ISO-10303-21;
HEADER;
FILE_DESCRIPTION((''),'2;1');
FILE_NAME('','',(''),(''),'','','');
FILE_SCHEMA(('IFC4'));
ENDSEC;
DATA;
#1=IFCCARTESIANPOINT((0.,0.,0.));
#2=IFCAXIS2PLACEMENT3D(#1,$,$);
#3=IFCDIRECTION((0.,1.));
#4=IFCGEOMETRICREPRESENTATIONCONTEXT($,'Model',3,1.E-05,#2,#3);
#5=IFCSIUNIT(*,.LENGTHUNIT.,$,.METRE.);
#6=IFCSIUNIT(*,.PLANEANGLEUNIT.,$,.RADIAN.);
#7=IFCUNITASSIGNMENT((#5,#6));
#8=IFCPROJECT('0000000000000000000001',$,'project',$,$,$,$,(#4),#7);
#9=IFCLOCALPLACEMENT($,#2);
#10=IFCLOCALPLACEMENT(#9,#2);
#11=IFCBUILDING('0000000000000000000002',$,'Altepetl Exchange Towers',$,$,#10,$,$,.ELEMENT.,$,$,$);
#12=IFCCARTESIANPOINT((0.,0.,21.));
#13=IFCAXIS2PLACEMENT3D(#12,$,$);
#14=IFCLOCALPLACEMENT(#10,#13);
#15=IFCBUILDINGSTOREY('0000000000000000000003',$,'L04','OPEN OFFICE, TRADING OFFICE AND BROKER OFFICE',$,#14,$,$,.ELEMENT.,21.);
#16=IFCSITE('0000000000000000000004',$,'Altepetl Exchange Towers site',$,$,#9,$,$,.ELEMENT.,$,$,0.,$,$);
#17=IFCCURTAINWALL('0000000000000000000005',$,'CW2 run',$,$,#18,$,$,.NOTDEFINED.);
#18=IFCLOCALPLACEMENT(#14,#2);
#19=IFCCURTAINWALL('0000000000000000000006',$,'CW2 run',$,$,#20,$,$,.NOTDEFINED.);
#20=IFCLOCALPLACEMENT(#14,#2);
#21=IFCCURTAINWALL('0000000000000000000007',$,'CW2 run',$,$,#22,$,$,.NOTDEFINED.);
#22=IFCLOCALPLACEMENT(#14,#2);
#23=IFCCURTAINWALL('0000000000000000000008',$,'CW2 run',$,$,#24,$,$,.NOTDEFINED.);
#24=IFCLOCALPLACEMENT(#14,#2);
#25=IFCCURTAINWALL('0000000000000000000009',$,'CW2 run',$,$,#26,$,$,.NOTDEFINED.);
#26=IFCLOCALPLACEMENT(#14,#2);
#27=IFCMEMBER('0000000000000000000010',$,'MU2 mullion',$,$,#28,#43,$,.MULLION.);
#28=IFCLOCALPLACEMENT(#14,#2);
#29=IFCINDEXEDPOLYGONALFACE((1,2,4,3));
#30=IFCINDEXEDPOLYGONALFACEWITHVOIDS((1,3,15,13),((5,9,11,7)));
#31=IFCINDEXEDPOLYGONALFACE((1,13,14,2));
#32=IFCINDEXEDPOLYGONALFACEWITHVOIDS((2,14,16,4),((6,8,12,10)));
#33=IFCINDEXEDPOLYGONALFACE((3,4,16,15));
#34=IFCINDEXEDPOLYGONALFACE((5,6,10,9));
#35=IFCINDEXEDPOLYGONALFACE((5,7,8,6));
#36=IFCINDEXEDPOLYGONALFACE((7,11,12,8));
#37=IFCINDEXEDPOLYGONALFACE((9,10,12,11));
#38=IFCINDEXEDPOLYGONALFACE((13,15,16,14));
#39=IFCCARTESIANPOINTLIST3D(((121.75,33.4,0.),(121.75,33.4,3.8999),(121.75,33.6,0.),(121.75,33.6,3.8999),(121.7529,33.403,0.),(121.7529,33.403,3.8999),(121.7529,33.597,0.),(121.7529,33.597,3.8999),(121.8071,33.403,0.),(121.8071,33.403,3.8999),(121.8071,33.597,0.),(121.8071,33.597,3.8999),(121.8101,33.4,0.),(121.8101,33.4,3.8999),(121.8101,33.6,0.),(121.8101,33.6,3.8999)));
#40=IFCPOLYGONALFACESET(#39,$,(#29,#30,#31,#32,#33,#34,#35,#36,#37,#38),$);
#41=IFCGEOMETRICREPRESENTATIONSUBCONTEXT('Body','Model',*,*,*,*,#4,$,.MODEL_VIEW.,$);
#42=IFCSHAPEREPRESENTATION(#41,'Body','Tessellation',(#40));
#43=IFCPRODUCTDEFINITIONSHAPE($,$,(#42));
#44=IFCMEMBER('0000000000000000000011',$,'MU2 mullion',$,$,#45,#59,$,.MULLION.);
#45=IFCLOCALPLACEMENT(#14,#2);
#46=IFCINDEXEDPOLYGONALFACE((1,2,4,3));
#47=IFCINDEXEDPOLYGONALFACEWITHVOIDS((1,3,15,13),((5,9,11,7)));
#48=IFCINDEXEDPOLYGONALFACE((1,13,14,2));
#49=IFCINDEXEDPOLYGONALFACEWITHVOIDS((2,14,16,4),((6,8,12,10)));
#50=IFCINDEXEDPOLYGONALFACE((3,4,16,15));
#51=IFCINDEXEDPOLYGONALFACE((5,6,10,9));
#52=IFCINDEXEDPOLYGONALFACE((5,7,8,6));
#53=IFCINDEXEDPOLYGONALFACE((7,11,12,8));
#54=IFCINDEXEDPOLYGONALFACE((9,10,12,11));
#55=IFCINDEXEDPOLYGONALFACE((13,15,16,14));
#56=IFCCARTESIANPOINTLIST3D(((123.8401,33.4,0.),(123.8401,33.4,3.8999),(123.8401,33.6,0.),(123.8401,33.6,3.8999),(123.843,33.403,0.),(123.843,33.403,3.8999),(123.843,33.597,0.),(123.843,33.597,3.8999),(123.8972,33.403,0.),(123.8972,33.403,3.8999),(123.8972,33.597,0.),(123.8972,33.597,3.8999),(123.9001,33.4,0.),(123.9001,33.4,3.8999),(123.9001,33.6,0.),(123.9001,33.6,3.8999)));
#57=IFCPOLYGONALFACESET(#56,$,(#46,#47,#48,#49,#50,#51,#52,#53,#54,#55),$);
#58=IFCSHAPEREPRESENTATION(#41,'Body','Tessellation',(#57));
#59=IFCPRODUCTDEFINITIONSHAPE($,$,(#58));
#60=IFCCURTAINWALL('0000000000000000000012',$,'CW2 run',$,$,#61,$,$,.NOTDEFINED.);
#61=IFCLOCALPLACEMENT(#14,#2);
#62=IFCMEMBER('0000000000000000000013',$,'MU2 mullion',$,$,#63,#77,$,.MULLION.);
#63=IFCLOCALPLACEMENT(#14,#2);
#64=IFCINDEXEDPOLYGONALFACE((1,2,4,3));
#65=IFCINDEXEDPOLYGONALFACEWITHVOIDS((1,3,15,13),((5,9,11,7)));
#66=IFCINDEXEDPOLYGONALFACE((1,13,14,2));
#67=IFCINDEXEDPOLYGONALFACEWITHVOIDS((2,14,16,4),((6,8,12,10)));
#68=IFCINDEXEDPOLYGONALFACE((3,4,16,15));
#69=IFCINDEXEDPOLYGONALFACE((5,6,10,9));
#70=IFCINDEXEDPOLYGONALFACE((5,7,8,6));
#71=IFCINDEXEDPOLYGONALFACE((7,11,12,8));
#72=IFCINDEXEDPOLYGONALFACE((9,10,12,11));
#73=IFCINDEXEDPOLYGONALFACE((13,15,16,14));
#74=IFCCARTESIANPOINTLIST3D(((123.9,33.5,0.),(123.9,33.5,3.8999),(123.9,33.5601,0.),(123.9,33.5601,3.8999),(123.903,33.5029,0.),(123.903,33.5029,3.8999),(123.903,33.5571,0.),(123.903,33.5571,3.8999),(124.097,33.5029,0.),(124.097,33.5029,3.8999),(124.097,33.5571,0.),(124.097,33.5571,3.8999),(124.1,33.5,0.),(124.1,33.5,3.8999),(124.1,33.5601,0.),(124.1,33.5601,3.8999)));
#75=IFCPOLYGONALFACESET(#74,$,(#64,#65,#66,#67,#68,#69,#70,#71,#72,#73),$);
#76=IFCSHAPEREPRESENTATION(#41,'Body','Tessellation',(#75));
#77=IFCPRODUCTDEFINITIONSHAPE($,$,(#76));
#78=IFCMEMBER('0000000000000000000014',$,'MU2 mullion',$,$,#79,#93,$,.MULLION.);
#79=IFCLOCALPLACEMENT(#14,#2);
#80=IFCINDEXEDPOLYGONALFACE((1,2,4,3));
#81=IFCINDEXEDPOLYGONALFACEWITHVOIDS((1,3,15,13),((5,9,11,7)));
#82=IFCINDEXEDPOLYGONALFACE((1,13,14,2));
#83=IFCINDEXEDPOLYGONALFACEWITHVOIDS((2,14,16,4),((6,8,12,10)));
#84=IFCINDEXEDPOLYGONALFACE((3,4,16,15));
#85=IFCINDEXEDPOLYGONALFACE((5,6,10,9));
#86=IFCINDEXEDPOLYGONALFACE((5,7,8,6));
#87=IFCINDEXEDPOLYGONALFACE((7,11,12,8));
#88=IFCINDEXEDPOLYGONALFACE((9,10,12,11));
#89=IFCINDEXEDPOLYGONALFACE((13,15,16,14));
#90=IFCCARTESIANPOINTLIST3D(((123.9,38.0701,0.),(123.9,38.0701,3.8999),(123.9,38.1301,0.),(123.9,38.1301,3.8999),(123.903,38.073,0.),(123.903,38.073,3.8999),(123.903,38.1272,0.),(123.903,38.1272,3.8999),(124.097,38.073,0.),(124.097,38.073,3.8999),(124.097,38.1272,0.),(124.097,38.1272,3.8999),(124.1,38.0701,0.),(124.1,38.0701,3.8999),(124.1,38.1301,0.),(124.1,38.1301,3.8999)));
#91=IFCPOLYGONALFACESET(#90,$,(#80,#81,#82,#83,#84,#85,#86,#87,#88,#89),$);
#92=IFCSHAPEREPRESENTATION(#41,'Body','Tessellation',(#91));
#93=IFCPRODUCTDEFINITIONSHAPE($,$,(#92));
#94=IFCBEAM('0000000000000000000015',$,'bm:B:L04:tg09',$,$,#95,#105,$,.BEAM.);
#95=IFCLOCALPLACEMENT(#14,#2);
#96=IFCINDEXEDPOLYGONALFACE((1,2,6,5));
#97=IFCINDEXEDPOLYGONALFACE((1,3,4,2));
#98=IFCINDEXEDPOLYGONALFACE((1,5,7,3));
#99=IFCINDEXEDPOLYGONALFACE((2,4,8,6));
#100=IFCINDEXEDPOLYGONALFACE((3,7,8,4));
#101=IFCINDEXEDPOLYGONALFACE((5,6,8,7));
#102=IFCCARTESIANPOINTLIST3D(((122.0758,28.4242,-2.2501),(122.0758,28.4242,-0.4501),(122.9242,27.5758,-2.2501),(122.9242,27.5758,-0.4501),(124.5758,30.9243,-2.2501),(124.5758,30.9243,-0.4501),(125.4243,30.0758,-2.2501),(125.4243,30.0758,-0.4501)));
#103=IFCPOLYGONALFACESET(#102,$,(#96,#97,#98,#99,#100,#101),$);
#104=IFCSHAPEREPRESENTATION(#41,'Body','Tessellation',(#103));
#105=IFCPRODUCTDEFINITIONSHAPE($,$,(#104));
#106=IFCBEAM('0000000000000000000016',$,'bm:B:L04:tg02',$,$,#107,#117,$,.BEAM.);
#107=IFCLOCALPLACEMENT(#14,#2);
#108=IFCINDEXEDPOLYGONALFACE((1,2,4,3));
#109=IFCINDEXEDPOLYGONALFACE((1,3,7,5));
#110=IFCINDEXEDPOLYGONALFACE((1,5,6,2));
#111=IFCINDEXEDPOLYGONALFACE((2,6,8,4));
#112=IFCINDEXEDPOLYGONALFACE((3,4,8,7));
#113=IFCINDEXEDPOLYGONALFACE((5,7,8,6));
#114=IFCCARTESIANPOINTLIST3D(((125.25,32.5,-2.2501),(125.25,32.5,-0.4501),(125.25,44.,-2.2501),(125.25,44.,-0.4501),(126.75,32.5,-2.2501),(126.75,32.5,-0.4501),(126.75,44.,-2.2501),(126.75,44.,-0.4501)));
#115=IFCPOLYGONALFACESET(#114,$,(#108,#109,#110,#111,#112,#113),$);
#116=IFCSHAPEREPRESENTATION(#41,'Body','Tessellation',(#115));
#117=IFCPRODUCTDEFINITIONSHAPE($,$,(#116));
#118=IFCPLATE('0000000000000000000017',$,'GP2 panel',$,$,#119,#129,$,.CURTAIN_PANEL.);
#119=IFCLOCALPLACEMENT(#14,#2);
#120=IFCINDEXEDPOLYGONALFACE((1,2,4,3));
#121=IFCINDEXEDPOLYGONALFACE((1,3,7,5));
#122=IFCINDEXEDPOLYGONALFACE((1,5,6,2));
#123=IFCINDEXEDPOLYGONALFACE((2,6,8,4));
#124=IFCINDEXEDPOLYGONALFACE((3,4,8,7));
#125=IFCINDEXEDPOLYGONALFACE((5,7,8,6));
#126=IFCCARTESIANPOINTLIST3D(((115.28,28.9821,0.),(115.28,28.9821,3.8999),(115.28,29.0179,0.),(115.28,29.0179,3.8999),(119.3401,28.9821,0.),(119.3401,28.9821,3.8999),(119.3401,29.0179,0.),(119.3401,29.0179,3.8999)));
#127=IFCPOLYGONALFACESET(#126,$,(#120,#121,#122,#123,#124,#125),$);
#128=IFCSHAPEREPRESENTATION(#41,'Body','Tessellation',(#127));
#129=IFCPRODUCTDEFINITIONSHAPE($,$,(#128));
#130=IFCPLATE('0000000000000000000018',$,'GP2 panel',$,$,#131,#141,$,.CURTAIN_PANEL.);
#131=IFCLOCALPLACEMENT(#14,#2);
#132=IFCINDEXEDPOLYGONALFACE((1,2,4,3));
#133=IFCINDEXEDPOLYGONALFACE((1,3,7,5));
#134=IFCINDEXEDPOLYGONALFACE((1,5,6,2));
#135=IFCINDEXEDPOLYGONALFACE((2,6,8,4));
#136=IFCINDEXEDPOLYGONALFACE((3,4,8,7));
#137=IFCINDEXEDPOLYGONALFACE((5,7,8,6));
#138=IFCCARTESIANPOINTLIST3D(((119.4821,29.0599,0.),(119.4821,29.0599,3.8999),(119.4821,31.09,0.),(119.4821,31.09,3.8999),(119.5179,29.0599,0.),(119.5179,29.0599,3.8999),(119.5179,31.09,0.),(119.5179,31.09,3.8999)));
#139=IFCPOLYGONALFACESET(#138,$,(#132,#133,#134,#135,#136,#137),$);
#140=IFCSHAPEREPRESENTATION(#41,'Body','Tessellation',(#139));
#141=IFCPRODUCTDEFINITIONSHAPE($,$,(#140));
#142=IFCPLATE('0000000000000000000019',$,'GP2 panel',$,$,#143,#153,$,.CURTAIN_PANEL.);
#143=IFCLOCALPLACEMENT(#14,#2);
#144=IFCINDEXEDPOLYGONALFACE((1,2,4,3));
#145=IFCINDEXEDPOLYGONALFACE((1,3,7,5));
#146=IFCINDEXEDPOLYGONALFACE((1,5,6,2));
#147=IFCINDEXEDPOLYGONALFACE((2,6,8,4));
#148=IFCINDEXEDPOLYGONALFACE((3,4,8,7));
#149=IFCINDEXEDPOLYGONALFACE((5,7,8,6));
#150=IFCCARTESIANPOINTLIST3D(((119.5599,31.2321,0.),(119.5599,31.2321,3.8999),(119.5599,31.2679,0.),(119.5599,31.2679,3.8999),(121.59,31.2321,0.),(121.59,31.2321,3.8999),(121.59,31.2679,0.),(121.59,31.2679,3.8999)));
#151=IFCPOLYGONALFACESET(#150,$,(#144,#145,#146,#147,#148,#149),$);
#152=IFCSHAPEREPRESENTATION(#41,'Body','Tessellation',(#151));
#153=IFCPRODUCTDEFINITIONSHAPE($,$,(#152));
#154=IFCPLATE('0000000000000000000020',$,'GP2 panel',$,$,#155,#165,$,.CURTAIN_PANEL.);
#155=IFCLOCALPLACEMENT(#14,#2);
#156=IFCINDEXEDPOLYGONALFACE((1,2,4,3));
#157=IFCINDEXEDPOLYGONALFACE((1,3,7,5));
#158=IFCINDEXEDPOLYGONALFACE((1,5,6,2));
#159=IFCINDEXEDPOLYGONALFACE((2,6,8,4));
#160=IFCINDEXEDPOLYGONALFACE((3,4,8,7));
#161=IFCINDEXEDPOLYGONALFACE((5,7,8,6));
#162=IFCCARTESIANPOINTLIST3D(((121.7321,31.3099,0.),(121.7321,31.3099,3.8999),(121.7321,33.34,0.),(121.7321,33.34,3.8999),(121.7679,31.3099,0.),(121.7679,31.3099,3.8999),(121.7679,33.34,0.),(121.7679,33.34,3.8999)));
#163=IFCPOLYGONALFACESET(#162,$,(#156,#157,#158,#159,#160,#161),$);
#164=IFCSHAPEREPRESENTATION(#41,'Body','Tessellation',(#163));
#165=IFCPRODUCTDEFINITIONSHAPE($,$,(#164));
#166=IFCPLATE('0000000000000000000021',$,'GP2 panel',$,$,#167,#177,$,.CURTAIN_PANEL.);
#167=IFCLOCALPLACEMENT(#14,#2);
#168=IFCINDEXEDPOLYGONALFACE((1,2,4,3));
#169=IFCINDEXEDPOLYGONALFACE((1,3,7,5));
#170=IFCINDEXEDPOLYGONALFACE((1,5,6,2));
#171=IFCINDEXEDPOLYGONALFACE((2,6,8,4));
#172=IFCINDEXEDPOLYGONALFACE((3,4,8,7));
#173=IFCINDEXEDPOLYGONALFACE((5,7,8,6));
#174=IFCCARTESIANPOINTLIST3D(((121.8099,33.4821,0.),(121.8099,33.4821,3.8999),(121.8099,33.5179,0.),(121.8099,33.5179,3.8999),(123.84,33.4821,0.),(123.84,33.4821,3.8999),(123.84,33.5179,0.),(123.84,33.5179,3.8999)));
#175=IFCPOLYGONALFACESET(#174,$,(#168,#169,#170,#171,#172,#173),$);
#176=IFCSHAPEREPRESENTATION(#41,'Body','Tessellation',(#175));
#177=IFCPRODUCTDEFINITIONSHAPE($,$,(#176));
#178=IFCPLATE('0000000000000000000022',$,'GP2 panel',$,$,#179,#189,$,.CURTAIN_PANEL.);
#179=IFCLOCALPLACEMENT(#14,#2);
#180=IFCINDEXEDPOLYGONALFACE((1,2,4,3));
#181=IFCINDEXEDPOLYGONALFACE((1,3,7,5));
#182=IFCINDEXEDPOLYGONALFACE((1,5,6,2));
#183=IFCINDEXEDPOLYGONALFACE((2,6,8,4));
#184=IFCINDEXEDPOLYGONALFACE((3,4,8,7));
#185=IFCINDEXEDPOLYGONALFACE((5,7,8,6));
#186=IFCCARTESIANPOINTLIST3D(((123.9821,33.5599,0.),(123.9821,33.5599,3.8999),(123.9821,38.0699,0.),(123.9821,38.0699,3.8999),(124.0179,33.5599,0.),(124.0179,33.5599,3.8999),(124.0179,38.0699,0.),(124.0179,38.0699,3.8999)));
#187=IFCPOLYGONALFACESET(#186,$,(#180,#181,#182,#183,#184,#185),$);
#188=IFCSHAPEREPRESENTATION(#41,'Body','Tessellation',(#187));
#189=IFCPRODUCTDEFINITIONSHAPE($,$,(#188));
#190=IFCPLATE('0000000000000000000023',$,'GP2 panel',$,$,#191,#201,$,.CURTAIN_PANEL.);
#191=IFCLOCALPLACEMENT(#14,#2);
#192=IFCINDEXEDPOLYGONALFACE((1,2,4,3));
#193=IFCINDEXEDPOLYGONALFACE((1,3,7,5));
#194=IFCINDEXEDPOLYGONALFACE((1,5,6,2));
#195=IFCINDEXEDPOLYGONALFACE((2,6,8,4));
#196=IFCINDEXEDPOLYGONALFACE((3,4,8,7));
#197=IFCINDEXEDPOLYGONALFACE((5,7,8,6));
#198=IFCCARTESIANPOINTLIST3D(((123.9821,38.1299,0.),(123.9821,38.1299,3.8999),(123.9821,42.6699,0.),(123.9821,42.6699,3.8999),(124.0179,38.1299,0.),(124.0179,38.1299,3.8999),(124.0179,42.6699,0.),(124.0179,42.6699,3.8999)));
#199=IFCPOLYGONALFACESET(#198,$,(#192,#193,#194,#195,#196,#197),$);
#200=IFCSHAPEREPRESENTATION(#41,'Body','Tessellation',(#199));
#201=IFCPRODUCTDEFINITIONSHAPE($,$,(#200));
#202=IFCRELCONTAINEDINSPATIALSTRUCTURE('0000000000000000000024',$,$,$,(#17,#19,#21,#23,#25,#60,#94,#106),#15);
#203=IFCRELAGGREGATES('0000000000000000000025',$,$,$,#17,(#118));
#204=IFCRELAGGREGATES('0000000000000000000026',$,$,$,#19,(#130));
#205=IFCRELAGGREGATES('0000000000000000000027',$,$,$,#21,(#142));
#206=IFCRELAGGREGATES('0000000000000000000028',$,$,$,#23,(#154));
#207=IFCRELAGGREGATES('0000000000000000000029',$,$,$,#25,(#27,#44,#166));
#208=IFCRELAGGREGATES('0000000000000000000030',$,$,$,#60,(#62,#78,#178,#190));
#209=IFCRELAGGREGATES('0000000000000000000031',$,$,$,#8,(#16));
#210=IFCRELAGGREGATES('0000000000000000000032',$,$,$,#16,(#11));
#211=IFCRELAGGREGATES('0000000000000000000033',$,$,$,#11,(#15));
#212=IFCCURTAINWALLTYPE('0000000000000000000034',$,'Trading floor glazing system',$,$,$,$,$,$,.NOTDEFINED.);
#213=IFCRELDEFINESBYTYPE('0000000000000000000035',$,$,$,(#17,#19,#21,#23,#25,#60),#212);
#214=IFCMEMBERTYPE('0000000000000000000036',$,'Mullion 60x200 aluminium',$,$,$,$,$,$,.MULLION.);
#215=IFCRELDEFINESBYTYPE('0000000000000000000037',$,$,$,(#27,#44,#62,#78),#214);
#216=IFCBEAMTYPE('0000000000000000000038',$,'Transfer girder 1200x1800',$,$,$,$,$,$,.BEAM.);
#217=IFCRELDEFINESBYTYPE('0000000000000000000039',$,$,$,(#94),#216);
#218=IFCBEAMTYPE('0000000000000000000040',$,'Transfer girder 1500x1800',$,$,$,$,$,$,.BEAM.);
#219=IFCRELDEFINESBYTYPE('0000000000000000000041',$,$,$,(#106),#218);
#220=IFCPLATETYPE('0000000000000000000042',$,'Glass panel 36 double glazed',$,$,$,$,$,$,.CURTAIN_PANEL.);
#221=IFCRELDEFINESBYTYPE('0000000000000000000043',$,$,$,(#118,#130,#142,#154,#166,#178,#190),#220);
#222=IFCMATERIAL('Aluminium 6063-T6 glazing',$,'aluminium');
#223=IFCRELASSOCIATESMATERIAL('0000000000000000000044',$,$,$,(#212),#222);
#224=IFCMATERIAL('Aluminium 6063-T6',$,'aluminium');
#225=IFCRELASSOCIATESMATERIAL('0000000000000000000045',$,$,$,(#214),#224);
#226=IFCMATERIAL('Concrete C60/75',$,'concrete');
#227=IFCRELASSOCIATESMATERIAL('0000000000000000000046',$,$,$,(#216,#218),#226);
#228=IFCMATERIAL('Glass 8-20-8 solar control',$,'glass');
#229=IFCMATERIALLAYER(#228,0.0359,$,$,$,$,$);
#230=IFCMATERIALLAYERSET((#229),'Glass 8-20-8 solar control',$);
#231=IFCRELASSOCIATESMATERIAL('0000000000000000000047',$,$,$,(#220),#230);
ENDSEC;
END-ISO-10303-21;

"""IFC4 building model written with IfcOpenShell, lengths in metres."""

from ifc_helpers import new_model, si_unit, direction, frame, origin, origin_2d, place, context, subcontext, project, spatial, rectangle, hollow_rectangle, extrude, material, layer, layer_set, material_profile, profile_set, type_object, element, aggregate, save


model = new_model("IFC4")

# Units and contexts
model_context = context("Model", 3, precision=1e-05, world=origin(), true_north=direction((0.0, 1.0)))
body_context = subcontext(model_context, "Body", "Model", "MODEL_VIEW")
ifc_project = project(units=[si_unit("LENGTHUNIT", "METRE"), si_unit("PLANEANGLEUNIT", "RADIAN")], contexts=[model_context])

# Site, building, storey
site_placement = place(None, origin())
site = spatial("IfcSite", under=ifc_project, at=site_placement, Name="Altepetl Exchange Towers site", CompositionType="ELEMENT", RefElevation=0.0)
building_placement = place(site_placement, origin())
building = spatial("IfcBuilding", under=site, at=building_placement, Name="Altepetl Exchange Towers", CompositionType="ELEMENT")
storey_placement = place(building_placement, frame((0.0, 0.0, 21.0)))
storey = spatial("IfcBuildingStorey", under=building, at=storey_placement, Name="L04", Description="OPEN OFFICE, TRADING OFFICE AND BROKER OFFICE", CompositionType="ELEMENT", Elevation=21.0)

# Curtain wall
ifc_material_1 = material(Name="Aluminium 6063-T6 glazing", Category="aluminium")
curtain_wall_type = type_object("IfcCurtainWallType", Name="Trading floor glazing system", PredefinedType="NOTDEFINED", material=ifc_material_1)
curtain_wall_1_placement = place(storey_placement, origin())
curtain_wall_1 = element("IfcCurtainWall", 1, at=curtain_wall_1_placement, inside=storey, type_object=curtain_wall_type, Name="CW2 run", PredefinedType="NOTDEFINED")
ifc_material_2 = material(Name="Aluminium 6063-T6", Category="aluminium")
ifc_material_profile_1 = material_profile(ifc_material_2, hollow_rectangle(XDim=0.0601, YDim=0.2, WallThickness=0.0029, at=origin_2d()), Name="Mullion 60x200 aluminium")
ifc_profile_set_1 = profile_set([ifc_material_profile_1], Name="Aluminium 6063-T6")
member_type = type_object("IfcMemberType", Name="Mullion 60x200 aluminium", PredefinedType="MULLION", material=ifc_profile_set_1)

# Curtain walls, members
curtain_wall_2_placement = place(storey_placement, origin())
curtain_wall_2 = element("IfcCurtainWall", 2, at=curtain_wall_2_placement, inside=storey, type_object=curtain_wall_type, Name="CW2 run", PredefinedType="NOTDEFINED")
curtain_wall_3_placement = place(storey_placement, origin())
curtain_wall_3 = element("IfcCurtainWall", 3, at=curtain_wall_3_placement, inside=storey, type_object=curtain_wall_type, Name="CW2 run", PredefinedType="NOTDEFINED")
curtain_wall_4_placement = place(storey_placement, origin())
curtain_wall_4 = element("IfcCurtainWall", 4, at=curtain_wall_4_placement, inside=storey, type_object=curtain_wall_type, Name="CW2 run", PredefinedType="NOTDEFINED")
curtain_wall_5_placement = place(storey_placement, origin())
curtain_wall_5 = element("IfcCurtainWall", 5, at=curtain_wall_5_placement, inside=storey, type_object=curtain_wall_type, Name="CW2 run", PredefinedType="NOTDEFINED")
member_1_placement = place(storey_placement, frame((121.78, 33.5, 0.0)))
member_1 = element("IfcMember", 6, at=member_1_placement, type_object=member_type, Name="MU2 mullion", PredefinedType="MULLION", context=body_context, shape_type="SweptSolid", body=[
    extrude(hollow_rectangle(XDim=0.0601, YDim=0.2, WallThickness=0.0029, at=origin_2d()), origin(), (0.0, 0.0, 1.0), 3.8999),
])
member_2_placement = place(storey_placement, frame((123.8701, 33.5, 0.0)))
member_2 = element("IfcMember", 7, at=member_2_placement, type_object=member_type, Name="MU2 mullion", PredefinedType="MULLION", context=body_context, shape_type="SweptSolid", body=[
    extrude(hollow_rectangle(XDim=0.0601, YDim=0.2, WallThickness=0.0029, at=origin_2d()), origin(), (0.0, 0.0, 1.0), 3.8999),
])
curtain_wall_6_placement = place(storey_placement, origin())
curtain_wall_6 = element("IfcCurtainWall", 8, at=curtain_wall_6_placement, inside=storey, type_object=curtain_wall_type, Name="CW2 run", PredefinedType="NOTDEFINED")
member_3_placement = place(storey_placement, frame((124.0, 33.53, 0.0), z_axis=(0.0, 0.0, 1.0), x_axis=(0.0, 1.0, 0.0)))
member_3 = element("IfcMember", 9, at=member_3_placement, type_object=member_type, Name="MU2 mullion", PredefinedType="MULLION", context=body_context, shape_type="SweptSolid", body=[
    extrude(hollow_rectangle(XDim=0.0601, YDim=0.2, WallThickness=0.0029, at=origin_2d()), origin(), (0.0, 0.0, 1.0), 3.8999),
])
member_4_placement = place(storey_placement, frame((124.0, 38.1001, 0.0), z_axis=(0.0, 0.0, 1.0), x_axis=(0.0, 1.0, 0.0)))
member_4 = element("IfcMember", 10, at=member_4_placement, type_object=member_type, Name="MU2 mullion", PredefinedType="MULLION", context=body_context, shape_type="SweptSolid", body=[
    extrude(hollow_rectangle(XDim=0.0601, YDim=0.2, WallThickness=0.0029, at=origin_2d()), origin(), (0.0, 0.0, 1.0), 3.8999),
])

# Beams
ifc_material_3 = material(Name="Concrete C60/75", Category="concrete")
ifc_material_profile_2 = material_profile(ifc_material_3, rectangle(XDim=1.2, YDim=1.8, at=origin_2d()), Name="1200 x 1800")
ifc_profile_set_2 = profile_set([ifc_material_profile_2], Name="Concrete C60/75")
beam_type_1 = type_object("IfcBeamType", Name="Transfer girder 1200x1800", PredefinedType="BEAM", material=ifc_profile_set_2)
beam_1_placement = place(storey_placement, frame((122.5, 28.0, -1.3501), z_axis=(0.707107, 0.707107, 0.0), x_axis=(-0.707107, 0.707107, 0.0)))
element("IfcBeam", 11, at=beam_1_placement, inside=storey, type_object=beam_type_1, Name="bm:B:L04:tg09", PredefinedType="BEAM", context=body_context, shape_type="SweptSolid", body=[
    extrude(rectangle(XDim=1.2, YDim=1.8, at=origin_2d()), origin(), (0.0, 0.0, 1.0), 3.5356),
])
ifc_material_profile_3 = material_profile(ifc_material_3, rectangle(XDim=1.5, YDim=1.8, at=origin_2d()), Name="1500 x 1800")
ifc_profile_set_3 = profile_set([ifc_material_profile_3], Name="Concrete C60/75")
beam_type_2 = type_object("IfcBeamType", Name="Transfer girder 1500x1800", PredefinedType="BEAM", material=ifc_profile_set_3)
beam_2_placement = place(storey_placement, frame((126.0, 32.5, -1.3501), z_axis=(0.0, 1.0, 0.0), x_axis=(-1.0, 0.0, 0.0)))
element("IfcBeam", 12, at=beam_2_placement, inside=storey, type_object=beam_type_2, Name="bm:B:L04:tg02", PredefinedType="BEAM", context=body_context, shape_type="SweptSolid", body=[
    extrude(rectangle(XDim=1.5, YDim=1.8, at=origin_2d()), origin(), (0.0, 0.0, 1.0), 11.5),
])

# Plates
ifc_material_4 = material(Name="Glass 8-20-8 solar control", Category="glass")
ifc_layer_1 = layer(ifc_material_4, 0.0359)
ifc_layer_set_1 = layer_set([ifc_layer_1], Name="Glass 8-20-8 solar control")
plate_type = type_object("IfcPlateType", Name="Glass panel 36 double glazed", PredefinedType="CURTAIN_PANEL", material=ifc_layer_set_1)
plate_1_placement = place(storey_placement, frame((117.3101, 29.0, 0.0)))
plate_1 = element("IfcPlate", 13, at=plate_1_placement, type_object=plate_type, Name="GP2 panel", PredefinedType="CURTAIN_PANEL", context=body_context, shape_type="SweptSolid", body=[
    extrude(rectangle(XDim=4.0601, YDim=0.0359, at=origin_2d()), origin(), (0.0, 0.0, 1.0), 3.8999),
])
aggregate(curtain_wall_1, [plate_1])
plate_2_placement = place(storey_placement, frame((119.5, 30.075, 0.0), z_axis=(0.0, 0.0, 1.0), x_axis=(0.0, 1.0, 0.0)))
plate_2 = element("IfcPlate", 14, at=plate_2_placement, type_object=plate_type, Name="GP2 panel", PredefinedType="CURTAIN_PANEL", context=body_context, shape_type="SweptSolid", body=[
    extrude(rectangle(XDim=2.03, YDim=0.0359, at=origin_2d()), origin(), (0.0, 0.0, 1.0), 3.8999),
])
aggregate(curtain_wall_2, [plate_2])
plate_3_placement = place(storey_placement, frame((120.575, 31.25, 0.0)))
plate_3 = element("IfcPlate", 15, at=plate_3_placement, type_object=plate_type, Name="GP2 panel", PredefinedType="CURTAIN_PANEL", context=body_context, shape_type="SweptSolid", body=[
    extrude(rectangle(XDim=2.03, YDim=0.0359, at=origin_2d()), origin(), (0.0, 0.0, 1.0), 3.8999),
])
aggregate(curtain_wall_3, [plate_3])
plate_4_placement = place(storey_placement, frame((121.75, 32.325, 0.0), z_axis=(0.0, 0.0, 1.0), x_axis=(0.0, 1.0, 0.0)))
plate_4 = element("IfcPlate", 16, at=plate_4_placement, type_object=plate_type, Name="GP2 panel", PredefinedType="CURTAIN_PANEL", context=body_context, shape_type="SweptSolid", body=[
    extrude(rectangle(XDim=2.03, YDim=0.0359, at=origin_2d()), origin(), (0.0, 0.0, 1.0), 3.8999),
])
aggregate(curtain_wall_4, [plate_4])
plate_5_placement = place(storey_placement, frame((122.825, 33.5, 0.0)))
plate_5 = element("IfcPlate", 17, at=plate_5_placement, type_object=plate_type, Name="GP2 panel", PredefinedType="CURTAIN_PANEL", context=body_context, shape_type="SweptSolid", body=[
    extrude(rectangle(XDim=2.03, YDim=0.0359, at=origin_2d()), origin(), (0.0, 0.0, 1.0), 3.8999),
])
aggregate(curtain_wall_5, [member_1, member_2, plate_5])
plate_6_placement = place(storey_placement, frame((124.0, 35.8149, 0.0), z_axis=(0.0, 0.0, 1.0), x_axis=(0.0, 1.0, 0.0)))
plate_6 = element("IfcPlate", 18, at=plate_6_placement, type_object=plate_type, Name="GP2 panel", PredefinedType="CURTAIN_PANEL", context=body_context, shape_type="SweptSolid", body=[
    extrude(rectangle(XDim=4.51, YDim=0.0359, at=origin_2d()), origin(), (0.0, 0.0, 1.0), 3.8999),
])
plate_7_placement = place(storey_placement, frame((124.0, 40.3999, 0.0), z_axis=(0.0, 0.0, 1.0), x_axis=(0.0, 1.0, 0.0)))
plate_7 = element("IfcPlate", 19, at=plate_7_placement, type_object=plate_type, Name="GP2 panel", PredefinedType="CURTAIN_PANEL", context=body_context, shape_type="SweptSolid", body=[
    extrude(rectangle(XDim=4.54, YDim=0.0359, at=origin_2d()), origin(), (0.0, 0.0, 1.0), 3.8999),
])
aggregate(curtain_wall_6, [member_3, member_4, plate_6, plate_7])

save(model, "model.ifc")
